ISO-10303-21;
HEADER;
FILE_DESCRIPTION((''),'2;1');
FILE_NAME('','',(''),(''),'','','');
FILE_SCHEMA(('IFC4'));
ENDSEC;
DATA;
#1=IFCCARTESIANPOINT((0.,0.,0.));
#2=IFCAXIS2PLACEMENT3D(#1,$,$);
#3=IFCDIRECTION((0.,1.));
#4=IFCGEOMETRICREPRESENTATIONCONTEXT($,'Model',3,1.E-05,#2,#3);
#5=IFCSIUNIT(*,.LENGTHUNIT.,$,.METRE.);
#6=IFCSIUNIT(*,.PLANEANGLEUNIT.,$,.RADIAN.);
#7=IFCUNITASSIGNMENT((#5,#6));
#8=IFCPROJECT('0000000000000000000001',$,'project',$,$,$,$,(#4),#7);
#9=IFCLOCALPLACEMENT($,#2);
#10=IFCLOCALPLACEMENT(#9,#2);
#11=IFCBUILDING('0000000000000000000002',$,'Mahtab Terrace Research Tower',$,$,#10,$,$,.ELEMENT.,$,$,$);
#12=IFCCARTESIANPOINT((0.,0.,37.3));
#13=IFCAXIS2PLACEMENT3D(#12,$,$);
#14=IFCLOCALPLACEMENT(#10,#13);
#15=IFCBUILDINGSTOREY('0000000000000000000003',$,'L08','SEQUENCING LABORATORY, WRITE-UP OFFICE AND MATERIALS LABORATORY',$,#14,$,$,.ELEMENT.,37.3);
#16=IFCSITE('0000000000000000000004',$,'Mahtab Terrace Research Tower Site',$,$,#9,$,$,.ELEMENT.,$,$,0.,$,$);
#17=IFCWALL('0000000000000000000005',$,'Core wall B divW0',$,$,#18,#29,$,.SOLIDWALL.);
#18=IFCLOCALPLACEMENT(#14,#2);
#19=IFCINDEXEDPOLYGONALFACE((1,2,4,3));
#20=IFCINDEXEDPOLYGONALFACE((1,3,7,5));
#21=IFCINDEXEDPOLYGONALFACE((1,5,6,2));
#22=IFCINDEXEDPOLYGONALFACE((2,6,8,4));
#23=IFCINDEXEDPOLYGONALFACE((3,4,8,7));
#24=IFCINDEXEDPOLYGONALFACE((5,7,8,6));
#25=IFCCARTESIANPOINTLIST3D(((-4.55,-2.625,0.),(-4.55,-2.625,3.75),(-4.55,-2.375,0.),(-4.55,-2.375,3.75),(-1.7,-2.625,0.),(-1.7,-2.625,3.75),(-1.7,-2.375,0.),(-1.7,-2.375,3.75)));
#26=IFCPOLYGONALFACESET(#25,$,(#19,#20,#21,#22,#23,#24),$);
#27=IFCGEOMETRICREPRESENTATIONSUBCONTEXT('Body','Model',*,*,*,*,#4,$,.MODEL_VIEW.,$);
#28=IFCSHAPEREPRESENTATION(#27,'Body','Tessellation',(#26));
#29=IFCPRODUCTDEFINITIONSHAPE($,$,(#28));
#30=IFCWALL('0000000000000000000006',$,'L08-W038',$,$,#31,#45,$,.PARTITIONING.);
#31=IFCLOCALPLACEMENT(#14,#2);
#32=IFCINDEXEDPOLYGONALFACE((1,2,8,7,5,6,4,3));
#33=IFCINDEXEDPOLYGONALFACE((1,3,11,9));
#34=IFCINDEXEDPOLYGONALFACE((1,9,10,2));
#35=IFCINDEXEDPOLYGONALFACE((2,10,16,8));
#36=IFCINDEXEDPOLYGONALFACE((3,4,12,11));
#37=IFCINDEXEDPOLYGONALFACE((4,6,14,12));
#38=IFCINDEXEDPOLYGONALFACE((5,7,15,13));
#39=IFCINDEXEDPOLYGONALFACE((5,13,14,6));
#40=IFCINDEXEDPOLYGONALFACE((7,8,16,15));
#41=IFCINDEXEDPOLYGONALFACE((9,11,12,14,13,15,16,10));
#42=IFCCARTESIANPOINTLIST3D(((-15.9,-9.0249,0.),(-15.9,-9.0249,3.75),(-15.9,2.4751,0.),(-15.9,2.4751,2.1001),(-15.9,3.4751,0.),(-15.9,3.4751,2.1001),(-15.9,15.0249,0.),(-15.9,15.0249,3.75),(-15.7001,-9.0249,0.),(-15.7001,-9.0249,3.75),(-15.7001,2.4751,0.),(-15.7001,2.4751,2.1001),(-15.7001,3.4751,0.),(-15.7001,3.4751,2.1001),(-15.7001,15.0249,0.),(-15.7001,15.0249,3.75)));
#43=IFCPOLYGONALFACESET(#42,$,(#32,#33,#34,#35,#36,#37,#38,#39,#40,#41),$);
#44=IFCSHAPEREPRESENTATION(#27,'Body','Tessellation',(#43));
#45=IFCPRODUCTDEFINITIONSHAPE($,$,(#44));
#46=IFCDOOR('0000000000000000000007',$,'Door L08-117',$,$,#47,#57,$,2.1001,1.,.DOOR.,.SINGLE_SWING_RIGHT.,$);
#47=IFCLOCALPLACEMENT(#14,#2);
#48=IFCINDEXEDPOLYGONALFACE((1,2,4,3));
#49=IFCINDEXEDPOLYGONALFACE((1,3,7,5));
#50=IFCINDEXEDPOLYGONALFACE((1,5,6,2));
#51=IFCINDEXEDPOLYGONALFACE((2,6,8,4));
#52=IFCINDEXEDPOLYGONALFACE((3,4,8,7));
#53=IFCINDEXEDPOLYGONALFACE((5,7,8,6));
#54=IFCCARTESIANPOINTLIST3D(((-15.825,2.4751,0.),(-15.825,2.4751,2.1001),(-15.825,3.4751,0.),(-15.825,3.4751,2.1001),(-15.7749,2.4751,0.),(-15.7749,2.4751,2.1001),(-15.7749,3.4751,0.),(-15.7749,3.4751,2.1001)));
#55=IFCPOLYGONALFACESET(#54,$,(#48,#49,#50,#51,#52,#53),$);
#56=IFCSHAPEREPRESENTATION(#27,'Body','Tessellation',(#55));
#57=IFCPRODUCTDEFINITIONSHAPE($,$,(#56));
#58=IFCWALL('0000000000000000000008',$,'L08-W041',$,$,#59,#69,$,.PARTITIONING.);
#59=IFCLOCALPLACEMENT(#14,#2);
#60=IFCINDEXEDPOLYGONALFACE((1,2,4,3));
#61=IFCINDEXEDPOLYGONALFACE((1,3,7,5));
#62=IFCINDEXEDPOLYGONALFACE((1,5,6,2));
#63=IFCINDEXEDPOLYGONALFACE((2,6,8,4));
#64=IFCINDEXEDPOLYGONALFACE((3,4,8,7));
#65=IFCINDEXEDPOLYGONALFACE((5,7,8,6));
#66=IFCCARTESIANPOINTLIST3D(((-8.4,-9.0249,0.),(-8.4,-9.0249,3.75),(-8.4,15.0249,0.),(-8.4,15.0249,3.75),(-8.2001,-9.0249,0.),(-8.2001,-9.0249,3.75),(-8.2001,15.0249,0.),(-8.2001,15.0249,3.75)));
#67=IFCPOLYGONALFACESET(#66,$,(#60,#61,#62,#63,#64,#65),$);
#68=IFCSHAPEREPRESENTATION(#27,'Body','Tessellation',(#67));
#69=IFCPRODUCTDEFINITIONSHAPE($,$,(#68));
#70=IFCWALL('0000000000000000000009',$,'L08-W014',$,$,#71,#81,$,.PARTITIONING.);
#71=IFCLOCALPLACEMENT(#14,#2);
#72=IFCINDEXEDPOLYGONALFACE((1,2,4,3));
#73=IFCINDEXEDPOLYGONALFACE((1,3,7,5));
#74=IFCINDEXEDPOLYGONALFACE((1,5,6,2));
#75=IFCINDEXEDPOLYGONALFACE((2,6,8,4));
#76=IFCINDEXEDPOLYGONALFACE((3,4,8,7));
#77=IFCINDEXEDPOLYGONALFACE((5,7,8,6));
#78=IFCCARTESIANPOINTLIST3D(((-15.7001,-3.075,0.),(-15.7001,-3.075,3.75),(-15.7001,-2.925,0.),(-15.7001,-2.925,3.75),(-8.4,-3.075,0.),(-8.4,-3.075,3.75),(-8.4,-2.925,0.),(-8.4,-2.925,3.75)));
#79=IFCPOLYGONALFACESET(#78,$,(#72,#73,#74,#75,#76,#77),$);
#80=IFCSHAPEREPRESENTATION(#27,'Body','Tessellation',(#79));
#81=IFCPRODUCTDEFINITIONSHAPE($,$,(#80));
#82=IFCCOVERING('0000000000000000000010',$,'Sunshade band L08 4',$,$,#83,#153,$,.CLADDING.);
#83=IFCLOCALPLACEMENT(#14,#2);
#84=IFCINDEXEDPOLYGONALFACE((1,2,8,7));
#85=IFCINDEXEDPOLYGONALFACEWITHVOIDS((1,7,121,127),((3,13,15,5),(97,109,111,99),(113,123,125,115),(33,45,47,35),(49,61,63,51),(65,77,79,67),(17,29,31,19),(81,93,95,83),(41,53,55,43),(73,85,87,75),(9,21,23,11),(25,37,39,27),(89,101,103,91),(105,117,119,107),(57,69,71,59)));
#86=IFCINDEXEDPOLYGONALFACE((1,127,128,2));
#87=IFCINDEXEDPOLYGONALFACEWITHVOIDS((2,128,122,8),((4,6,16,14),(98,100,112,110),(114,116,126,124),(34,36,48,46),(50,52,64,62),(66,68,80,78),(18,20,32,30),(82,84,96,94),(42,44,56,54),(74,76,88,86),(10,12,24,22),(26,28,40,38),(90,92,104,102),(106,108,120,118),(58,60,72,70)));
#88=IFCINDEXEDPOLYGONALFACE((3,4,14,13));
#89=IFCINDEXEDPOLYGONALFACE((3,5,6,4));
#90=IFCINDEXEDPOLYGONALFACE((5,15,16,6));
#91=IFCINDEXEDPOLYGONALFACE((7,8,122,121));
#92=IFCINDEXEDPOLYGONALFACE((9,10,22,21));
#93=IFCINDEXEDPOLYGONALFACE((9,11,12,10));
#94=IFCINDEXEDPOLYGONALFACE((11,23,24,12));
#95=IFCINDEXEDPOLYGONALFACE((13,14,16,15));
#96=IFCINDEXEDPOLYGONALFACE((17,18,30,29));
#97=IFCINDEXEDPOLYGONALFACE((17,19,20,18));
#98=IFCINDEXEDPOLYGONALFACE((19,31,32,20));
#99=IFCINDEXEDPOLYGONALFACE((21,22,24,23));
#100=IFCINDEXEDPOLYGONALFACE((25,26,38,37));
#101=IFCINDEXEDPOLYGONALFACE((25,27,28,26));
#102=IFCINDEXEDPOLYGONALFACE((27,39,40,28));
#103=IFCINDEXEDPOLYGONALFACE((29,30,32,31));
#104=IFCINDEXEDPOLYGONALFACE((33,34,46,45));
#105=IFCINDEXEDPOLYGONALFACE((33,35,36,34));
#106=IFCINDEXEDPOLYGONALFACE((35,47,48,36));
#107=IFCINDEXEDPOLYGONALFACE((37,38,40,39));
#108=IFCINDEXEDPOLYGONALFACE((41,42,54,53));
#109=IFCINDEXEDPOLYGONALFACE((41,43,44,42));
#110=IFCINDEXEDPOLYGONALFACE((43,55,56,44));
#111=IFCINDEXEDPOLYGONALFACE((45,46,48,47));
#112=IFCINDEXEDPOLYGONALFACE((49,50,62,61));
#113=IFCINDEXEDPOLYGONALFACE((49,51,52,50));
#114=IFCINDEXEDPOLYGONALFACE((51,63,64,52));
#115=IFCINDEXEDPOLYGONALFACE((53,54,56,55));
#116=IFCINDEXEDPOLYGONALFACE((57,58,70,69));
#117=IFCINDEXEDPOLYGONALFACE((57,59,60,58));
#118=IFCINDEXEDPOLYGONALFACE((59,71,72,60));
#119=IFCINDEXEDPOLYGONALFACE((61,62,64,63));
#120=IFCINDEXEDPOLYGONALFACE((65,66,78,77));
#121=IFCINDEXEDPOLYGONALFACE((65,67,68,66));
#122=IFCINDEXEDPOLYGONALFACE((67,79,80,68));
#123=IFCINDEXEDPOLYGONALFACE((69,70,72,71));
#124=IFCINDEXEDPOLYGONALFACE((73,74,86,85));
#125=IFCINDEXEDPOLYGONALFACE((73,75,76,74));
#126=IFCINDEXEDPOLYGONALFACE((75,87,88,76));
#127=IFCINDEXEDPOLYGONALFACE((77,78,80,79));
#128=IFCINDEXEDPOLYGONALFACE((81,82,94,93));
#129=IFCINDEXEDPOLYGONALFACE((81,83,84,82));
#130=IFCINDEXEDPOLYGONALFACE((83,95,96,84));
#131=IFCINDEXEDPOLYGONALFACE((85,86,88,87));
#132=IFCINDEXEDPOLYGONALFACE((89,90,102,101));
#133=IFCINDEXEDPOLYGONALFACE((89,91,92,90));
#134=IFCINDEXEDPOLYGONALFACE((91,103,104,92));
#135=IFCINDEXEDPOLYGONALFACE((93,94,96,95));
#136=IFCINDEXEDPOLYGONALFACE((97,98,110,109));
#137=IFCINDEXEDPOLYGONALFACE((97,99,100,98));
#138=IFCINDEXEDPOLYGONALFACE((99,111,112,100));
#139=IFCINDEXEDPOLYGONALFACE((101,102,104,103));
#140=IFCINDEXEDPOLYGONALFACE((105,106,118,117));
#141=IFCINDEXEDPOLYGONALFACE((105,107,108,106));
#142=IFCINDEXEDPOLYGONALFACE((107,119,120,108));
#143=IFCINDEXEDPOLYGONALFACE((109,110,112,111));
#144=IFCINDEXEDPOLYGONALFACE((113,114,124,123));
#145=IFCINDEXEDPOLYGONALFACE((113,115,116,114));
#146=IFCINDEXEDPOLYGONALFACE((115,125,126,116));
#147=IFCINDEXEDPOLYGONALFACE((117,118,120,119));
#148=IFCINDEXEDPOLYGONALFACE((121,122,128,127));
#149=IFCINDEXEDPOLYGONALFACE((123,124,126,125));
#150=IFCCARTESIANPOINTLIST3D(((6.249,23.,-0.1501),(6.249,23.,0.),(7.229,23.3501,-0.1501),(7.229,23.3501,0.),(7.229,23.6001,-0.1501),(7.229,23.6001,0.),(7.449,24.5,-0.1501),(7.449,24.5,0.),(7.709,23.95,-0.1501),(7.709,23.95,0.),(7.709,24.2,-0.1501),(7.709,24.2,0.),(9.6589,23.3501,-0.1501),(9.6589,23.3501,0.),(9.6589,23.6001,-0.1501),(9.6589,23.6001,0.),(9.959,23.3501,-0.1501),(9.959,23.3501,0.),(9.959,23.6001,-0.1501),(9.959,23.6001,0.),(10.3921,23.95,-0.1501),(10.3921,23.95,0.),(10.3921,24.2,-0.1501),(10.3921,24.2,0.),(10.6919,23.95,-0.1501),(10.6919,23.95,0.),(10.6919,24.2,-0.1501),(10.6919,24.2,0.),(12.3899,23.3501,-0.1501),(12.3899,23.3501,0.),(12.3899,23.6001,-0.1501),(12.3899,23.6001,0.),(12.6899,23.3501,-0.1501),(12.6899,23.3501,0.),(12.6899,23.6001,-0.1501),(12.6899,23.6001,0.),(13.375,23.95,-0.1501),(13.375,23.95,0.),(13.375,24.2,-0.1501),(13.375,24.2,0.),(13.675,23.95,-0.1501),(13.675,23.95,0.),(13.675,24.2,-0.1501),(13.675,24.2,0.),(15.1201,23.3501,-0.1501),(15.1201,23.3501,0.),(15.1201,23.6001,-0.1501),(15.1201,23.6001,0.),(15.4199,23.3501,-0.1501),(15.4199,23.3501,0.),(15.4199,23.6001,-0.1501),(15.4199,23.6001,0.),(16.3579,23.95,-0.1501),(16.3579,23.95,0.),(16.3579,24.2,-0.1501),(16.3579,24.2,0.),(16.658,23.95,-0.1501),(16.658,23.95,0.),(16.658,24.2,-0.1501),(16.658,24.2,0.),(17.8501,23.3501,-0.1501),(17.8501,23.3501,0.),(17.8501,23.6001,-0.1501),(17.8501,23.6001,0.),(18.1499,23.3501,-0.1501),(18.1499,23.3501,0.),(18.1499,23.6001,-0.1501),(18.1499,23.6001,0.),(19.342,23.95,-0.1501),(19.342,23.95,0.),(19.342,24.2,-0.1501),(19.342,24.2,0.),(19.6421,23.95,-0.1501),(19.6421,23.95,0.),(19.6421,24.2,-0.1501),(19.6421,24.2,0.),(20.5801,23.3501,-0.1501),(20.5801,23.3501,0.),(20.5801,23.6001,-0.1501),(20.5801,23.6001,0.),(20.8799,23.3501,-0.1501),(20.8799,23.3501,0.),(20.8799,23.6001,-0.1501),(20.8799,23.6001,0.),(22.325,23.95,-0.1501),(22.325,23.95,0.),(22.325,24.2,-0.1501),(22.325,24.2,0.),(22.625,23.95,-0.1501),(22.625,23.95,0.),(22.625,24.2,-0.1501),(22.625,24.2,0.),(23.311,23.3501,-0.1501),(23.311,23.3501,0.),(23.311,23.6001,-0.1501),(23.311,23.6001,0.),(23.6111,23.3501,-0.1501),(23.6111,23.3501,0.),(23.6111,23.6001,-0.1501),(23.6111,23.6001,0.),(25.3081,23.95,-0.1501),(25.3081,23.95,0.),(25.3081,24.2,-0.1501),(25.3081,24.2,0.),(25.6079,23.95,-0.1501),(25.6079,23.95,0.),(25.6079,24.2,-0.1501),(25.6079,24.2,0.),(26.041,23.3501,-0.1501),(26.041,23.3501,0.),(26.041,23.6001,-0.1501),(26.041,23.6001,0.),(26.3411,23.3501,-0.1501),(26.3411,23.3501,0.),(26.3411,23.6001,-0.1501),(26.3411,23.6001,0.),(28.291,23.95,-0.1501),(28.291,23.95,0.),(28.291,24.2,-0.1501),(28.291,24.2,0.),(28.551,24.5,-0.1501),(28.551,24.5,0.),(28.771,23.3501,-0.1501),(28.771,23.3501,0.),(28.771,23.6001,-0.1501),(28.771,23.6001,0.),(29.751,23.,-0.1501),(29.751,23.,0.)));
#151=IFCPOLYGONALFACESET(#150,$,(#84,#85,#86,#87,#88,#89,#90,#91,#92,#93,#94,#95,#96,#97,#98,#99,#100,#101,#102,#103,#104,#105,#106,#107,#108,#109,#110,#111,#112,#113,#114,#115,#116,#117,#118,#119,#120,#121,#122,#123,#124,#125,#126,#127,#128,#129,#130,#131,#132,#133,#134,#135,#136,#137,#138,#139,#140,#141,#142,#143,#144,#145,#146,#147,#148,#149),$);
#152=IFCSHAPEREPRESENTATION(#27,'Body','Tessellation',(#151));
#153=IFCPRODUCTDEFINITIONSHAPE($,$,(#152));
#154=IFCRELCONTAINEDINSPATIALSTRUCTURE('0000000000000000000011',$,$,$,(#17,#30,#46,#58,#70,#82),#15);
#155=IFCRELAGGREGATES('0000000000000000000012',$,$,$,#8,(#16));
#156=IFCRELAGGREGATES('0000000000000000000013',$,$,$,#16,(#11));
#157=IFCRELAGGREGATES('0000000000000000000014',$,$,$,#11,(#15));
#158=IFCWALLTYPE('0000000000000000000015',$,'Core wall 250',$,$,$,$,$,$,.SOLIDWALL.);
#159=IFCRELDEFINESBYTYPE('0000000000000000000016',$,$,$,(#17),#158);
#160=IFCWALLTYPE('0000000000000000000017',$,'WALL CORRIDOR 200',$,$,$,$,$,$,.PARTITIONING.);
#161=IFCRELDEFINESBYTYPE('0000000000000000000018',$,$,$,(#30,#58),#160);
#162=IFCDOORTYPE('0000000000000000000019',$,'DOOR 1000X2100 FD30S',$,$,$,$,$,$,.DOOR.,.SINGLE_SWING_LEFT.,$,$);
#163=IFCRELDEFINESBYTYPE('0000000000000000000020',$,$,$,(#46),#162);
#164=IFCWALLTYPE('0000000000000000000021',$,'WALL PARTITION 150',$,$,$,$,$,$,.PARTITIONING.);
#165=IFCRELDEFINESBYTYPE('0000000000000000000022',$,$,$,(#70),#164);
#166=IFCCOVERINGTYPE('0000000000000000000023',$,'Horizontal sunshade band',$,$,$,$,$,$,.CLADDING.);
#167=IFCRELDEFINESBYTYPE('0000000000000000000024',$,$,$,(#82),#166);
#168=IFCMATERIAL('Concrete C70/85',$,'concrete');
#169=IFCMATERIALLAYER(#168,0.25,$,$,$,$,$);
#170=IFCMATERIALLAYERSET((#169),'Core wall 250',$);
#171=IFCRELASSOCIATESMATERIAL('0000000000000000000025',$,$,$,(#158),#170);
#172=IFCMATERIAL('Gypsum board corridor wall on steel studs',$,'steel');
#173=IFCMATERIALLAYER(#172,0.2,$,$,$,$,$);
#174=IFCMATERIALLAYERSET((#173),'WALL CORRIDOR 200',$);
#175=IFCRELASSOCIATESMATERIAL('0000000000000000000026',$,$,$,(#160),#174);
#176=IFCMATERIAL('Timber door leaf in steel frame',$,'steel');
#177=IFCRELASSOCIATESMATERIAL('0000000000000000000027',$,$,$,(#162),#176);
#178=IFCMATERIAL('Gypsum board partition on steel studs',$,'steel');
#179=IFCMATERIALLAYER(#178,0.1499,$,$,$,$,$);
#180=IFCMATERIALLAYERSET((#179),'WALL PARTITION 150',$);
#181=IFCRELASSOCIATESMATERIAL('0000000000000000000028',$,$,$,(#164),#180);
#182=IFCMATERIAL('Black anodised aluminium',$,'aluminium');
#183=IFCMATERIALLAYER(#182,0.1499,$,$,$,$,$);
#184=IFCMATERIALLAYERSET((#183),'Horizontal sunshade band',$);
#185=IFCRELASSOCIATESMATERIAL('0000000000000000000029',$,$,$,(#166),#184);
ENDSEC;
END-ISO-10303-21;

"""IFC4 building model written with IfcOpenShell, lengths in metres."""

from ifc_helpers import new_model, si_unit, direction, frame, frame_2d, origin, place, context, subcontext, project, spatial, polyline, rectangle, outline, extrude, material, layer, layer_set, type_object, element, fill, save


model = new_model("IFC4")

# Units and contexts
model_context = context("Model", 3, precision=1e-05, world=origin(), true_north=direction((0.0, 1.0)))
body_context = subcontext(model_context, "Body", "Model", "MODEL_VIEW")
ifc_project = project(units=[si_unit("LENGTHUNIT", "METRE"), si_unit("PLANEANGLEUNIT", "RADIAN")], contexts=[model_context])

# Site, building, storey
site_placement = place(None, origin())
site = spatial("IfcSite", under=ifc_project, at=site_placement, Name="Mahtab Terrace Research Tower Site", CompositionType="ELEMENT", RefElevation=0.0)
building_placement = place(site_placement, origin())
building = spatial("IfcBuilding", under=site, at=building_placement, Name="Mahtab Terrace Research Tower", CompositionType="ELEMENT")
storey_placement = place(building_placement, frame((0.0, 0.0, 37.3)))
storey = spatial("IfcBuildingStorey", under=building, at=storey_placement, Name="L08", Description="SEQUENCING LABORATORY, WRITE-UP OFFICE AND MATERIALS LABORATORY", CompositionType="ELEMENT", Elevation=37.3)

# Shared definitions
ifc_material_1 = material(Name="Concrete C70/85", Category="concrete")

# Shared definitions
ifc_layer_1 = layer(ifc_material_1, 0.25)
ifc_layer_set_1 = layer_set([ifc_layer_1], Name="Core wall 250")
wall_type_1 = type_object("IfcWallType", Name="Core wall 250", PredefinedType="SOLIDWALL", material=ifc_layer_set_1)

# Wall
wall_1_placement = place(storey_placement, frame((-4.55, -2.5, 0.0), z_axis=(0.0, 0.0, 1.0), x_axis=(1.0, 0.0, 0.0)))
element("IfcWall", 1, at=wall_1_placement, inside=storey, type_object=wall_type_1, Name="Core wall B divW0", PredefinedType="SOLIDWALL", context=body_context, shape_type="SweptSolid", body=[
    extrude(rectangle(XDim=2.8501, YDim=0.25, at=frame_2d((1.425, 0.0))), origin(), (0.0, 0.0, 1.0), 3.75),
])

# Wall, opening, door
ifc_material_2 = material(Name="Gypsum board corridor wall on steel studs", Category="steel")
ifc_layer_2 = layer(ifc_material_2, 0.2)
ifc_layer_set_2 = layer_set([ifc_layer_2], Name="WALL CORRIDOR 200")
wall_type_2 = type_object("IfcWallType", Name="WALL CORRIDOR 200", PredefinedType="PARTITIONING", material=ifc_layer_set_2)
wall_2_placement = place(storey_placement, frame((-15.8, -9.0249, 0.0), z_axis=(0.0, 0.0, 1.0), x_axis=(0.0, 1.0, 0.0)))
wall_2 = element("IfcWall", 2, at=wall_2_placement, inside=storey, type_object=wall_type_2, Name="L08-W038", PredefinedType="PARTITIONING", context=body_context, shape_type="SweptSolid", body=[
    extrude(rectangle(XDim=24.0498, YDim=0.2, at=frame_2d((12.0249, 0.0))), origin(), (0.0, 0.0, 1.0), 3.75),
])
opening_1_placement = place(wall_2_placement, frame((11.5, 0.0, 0.0)))
opening_1 = element("IfcOpeningElement", 3, at=opening_1_placement, cuts=wall_2, PredefinedType="OPENING", context=body_context, shape_type="SweptSolid", body=[
    extrude(rectangle(XDim=1.0, YDim=2.1001, at=frame_2d((0.5, 1.05))), frame((0.0, 0.1099, 0.0), z_axis=(0.0, -1.0, 0.0), x_axis=(1.0, 0.0, 0.0)), (0.0, 0.0, 1.0), 0.22),
])
ifc_material_3 = material(Name="Timber door leaf in steel frame", Category="steel")
door_type_1 = type_object("IfcDoorType", Name="DOOR 1000X2100 FD30S", OperationType="SINGLE_SWING_LEFT", PredefinedType="DOOR", material=ifc_material_3)
door_1_placement = place(opening_1_placement, origin())
door_1 = element("IfcDoor", 4, at=door_1_placement, inside=storey, type_object=door_type_1, Name="Door L08-117", OperationType="SINGLE_SWING_RIGHT", OverallHeight=2.1001, OverallWidth=1.0, PredefinedType="DOOR", context=body_context, shape_type="SweptSolid", body=[
    extrude(rectangle(XDim=1.0, YDim=2.1001, at=frame_2d((0.5, 1.05))), frame((0.0, 0.0249, 0.0), z_axis=(0.0, -1.0, 0.0), x_axis=(1.0, 0.0, 0.0)), (0.0, 0.0, 1.0), 0.05),
])
fill(opening_1, door_1)

# Walls
wall_3_placement = place(storey_placement, frame((-8.3, -9.0249, 0.0), z_axis=(0.0, 0.0, 1.0), x_axis=(0.0, 1.0, 0.0)))
element("IfcWall", 5, at=wall_3_placement, inside=storey, type_object=wall_type_2, Name="L08-W041", PredefinedType="PARTITIONING", context=body_context, shape_type="SweptSolid", body=[
    extrude(rectangle(XDim=24.0498, YDim=0.2, at=frame_2d((12.0249, 0.0))), origin(), (0.0, 0.0, 1.0), 3.75),
])
ifc_material_4 = material(Name="Gypsum board partition on steel studs", Category="steel")
ifc_layer_3 = layer(ifc_material_4, 0.1499)
ifc_layer_set_3 = layer_set([ifc_layer_3], Name="WALL PARTITION 150")
wall_type_3 = type_object("IfcWallType", Name="WALL PARTITION 150", PredefinedType="PARTITIONING", material=ifc_layer_set_3)
wall_4_placement = place(storey_placement, frame((-15.7, -3.0, 0.0), z_axis=(0.0, 0.0, 1.0), x_axis=(1.0, 0.0, 0.0)))
element("IfcWall", 6, at=wall_4_placement, inside=storey, type_object=wall_type_3, Name="L08-W014", PredefinedType="PARTITIONING", context=body_context, shape_type="SweptSolid", body=[
    extrude(rectangle(XDim=7.3, YDim=0.1499, at=frame_2d((3.6499, 0.0))), origin(), (0.0, 0.0, 1.0), 3.75),
])

# Covering
ifc_material_5 = material(Name="Black anodised aluminium", Category="aluminium")
ifc_layer_4 = layer(ifc_material_5, 0.1499)
ifc_layer_set_4 = layer_set([ifc_layer_4], Name="Horizontal sunshade band")
covering_type = type_object("IfcCoveringType", Name="Horizontal sunshade band", PredefinedType="CLADDING", material=ifc_layer_set_4)
covering_1_placement = place(storey_placement, frame((0.0, 0.0, -0.1501)))
element("IfcCovering", 7, at=covering_1_placement, inside=storey, type_object=covering_type, Name="Sunshade band L08 4", PredefinedType="CLADDING", context=body_context, shape_type="SweptSolid", body=[
    extrude(outline(polyline([(29.751, 23.0), (6.249, 23.0), (7.449, 24.5), (28.551, 24.5), (29.751, 23.0)]), holes=[polyline([(28.771, 23.3501), (26.3411, 23.3501), (26.3411, 23.6001), (28.771, 23.6001), (28.771, 23.3501)]), polyline([(26.041, 23.3501), (23.6111, 23.3501), (23.6111, 23.6001), (26.041, 23.6001), (26.041, 23.3501)]), polyline([(23.311, 23.3501), (20.8799, 23.3501), (20.8799, 23.6001), (23.311, 23.6001), (23.311, 23.3501)]), polyline([(20.5801, 23.3501), (18.1499, 23.3501), (18.1499, 23.6001), (20.5801, 23.6001), (20.5801, 23.3501)]), polyline([(17.8501, 23.3501), (15.4199, 23.3501), (15.4199, 23.6001), (17.8501, 23.6001), (17.8501, 23.3501)]), polyline([(15.1201, 23.3501), (12.6899, 23.3501), (12.6899, 23.6001), (15.1201, 23.6001), (15.1201, 23.3501)]), polyline([(12.3899, 23.3501), (9.959, 23.3501), (9.959, 23.6001), (12.3899, 23.6001), (12.3899, 23.3501)]), polyline([(9.6589, 23.3501), (7.229, 23.3501), (7.229, 23.6001), (9.6589, 23.6001), (9.6589, 23.3501)]), polyline([(28.291, 23.95), (25.6079, 23.95), (25.6079, 24.2), (28.291, 24.2), (28.291, 23.95)]), polyline([(25.3081, 23.95), (22.625, 23.95), (22.625, 24.2), (25.3081, 24.2), (25.3081, 23.95)]), polyline([(22.325, 23.95), (19.6421, 23.95), (19.6421, 24.2), (22.325, 24.2), (22.325, 23.95)]), polyline([(19.342, 23.95), (16.658, 23.95), (16.658, 24.2), (19.342, 24.2), (19.342, 23.95)]), polyline([(16.3579, 23.95), (13.675, 23.95), (13.675, 24.2), (16.3579, 24.2), (16.3579, 23.95)]), polyline([(13.375, 23.95), (10.6919, 23.95), (10.6919, 24.2), (13.375, 24.2), (13.375, 23.95)]), polyline([(10.3921, 23.95), (7.709, 23.95), (7.709, 24.2), (10.3921, 24.2), (10.3921, 23.95)])]), origin(), (0.0, 0.0, 1.0), 0.1501),
])

save(model, "model.ifc")
